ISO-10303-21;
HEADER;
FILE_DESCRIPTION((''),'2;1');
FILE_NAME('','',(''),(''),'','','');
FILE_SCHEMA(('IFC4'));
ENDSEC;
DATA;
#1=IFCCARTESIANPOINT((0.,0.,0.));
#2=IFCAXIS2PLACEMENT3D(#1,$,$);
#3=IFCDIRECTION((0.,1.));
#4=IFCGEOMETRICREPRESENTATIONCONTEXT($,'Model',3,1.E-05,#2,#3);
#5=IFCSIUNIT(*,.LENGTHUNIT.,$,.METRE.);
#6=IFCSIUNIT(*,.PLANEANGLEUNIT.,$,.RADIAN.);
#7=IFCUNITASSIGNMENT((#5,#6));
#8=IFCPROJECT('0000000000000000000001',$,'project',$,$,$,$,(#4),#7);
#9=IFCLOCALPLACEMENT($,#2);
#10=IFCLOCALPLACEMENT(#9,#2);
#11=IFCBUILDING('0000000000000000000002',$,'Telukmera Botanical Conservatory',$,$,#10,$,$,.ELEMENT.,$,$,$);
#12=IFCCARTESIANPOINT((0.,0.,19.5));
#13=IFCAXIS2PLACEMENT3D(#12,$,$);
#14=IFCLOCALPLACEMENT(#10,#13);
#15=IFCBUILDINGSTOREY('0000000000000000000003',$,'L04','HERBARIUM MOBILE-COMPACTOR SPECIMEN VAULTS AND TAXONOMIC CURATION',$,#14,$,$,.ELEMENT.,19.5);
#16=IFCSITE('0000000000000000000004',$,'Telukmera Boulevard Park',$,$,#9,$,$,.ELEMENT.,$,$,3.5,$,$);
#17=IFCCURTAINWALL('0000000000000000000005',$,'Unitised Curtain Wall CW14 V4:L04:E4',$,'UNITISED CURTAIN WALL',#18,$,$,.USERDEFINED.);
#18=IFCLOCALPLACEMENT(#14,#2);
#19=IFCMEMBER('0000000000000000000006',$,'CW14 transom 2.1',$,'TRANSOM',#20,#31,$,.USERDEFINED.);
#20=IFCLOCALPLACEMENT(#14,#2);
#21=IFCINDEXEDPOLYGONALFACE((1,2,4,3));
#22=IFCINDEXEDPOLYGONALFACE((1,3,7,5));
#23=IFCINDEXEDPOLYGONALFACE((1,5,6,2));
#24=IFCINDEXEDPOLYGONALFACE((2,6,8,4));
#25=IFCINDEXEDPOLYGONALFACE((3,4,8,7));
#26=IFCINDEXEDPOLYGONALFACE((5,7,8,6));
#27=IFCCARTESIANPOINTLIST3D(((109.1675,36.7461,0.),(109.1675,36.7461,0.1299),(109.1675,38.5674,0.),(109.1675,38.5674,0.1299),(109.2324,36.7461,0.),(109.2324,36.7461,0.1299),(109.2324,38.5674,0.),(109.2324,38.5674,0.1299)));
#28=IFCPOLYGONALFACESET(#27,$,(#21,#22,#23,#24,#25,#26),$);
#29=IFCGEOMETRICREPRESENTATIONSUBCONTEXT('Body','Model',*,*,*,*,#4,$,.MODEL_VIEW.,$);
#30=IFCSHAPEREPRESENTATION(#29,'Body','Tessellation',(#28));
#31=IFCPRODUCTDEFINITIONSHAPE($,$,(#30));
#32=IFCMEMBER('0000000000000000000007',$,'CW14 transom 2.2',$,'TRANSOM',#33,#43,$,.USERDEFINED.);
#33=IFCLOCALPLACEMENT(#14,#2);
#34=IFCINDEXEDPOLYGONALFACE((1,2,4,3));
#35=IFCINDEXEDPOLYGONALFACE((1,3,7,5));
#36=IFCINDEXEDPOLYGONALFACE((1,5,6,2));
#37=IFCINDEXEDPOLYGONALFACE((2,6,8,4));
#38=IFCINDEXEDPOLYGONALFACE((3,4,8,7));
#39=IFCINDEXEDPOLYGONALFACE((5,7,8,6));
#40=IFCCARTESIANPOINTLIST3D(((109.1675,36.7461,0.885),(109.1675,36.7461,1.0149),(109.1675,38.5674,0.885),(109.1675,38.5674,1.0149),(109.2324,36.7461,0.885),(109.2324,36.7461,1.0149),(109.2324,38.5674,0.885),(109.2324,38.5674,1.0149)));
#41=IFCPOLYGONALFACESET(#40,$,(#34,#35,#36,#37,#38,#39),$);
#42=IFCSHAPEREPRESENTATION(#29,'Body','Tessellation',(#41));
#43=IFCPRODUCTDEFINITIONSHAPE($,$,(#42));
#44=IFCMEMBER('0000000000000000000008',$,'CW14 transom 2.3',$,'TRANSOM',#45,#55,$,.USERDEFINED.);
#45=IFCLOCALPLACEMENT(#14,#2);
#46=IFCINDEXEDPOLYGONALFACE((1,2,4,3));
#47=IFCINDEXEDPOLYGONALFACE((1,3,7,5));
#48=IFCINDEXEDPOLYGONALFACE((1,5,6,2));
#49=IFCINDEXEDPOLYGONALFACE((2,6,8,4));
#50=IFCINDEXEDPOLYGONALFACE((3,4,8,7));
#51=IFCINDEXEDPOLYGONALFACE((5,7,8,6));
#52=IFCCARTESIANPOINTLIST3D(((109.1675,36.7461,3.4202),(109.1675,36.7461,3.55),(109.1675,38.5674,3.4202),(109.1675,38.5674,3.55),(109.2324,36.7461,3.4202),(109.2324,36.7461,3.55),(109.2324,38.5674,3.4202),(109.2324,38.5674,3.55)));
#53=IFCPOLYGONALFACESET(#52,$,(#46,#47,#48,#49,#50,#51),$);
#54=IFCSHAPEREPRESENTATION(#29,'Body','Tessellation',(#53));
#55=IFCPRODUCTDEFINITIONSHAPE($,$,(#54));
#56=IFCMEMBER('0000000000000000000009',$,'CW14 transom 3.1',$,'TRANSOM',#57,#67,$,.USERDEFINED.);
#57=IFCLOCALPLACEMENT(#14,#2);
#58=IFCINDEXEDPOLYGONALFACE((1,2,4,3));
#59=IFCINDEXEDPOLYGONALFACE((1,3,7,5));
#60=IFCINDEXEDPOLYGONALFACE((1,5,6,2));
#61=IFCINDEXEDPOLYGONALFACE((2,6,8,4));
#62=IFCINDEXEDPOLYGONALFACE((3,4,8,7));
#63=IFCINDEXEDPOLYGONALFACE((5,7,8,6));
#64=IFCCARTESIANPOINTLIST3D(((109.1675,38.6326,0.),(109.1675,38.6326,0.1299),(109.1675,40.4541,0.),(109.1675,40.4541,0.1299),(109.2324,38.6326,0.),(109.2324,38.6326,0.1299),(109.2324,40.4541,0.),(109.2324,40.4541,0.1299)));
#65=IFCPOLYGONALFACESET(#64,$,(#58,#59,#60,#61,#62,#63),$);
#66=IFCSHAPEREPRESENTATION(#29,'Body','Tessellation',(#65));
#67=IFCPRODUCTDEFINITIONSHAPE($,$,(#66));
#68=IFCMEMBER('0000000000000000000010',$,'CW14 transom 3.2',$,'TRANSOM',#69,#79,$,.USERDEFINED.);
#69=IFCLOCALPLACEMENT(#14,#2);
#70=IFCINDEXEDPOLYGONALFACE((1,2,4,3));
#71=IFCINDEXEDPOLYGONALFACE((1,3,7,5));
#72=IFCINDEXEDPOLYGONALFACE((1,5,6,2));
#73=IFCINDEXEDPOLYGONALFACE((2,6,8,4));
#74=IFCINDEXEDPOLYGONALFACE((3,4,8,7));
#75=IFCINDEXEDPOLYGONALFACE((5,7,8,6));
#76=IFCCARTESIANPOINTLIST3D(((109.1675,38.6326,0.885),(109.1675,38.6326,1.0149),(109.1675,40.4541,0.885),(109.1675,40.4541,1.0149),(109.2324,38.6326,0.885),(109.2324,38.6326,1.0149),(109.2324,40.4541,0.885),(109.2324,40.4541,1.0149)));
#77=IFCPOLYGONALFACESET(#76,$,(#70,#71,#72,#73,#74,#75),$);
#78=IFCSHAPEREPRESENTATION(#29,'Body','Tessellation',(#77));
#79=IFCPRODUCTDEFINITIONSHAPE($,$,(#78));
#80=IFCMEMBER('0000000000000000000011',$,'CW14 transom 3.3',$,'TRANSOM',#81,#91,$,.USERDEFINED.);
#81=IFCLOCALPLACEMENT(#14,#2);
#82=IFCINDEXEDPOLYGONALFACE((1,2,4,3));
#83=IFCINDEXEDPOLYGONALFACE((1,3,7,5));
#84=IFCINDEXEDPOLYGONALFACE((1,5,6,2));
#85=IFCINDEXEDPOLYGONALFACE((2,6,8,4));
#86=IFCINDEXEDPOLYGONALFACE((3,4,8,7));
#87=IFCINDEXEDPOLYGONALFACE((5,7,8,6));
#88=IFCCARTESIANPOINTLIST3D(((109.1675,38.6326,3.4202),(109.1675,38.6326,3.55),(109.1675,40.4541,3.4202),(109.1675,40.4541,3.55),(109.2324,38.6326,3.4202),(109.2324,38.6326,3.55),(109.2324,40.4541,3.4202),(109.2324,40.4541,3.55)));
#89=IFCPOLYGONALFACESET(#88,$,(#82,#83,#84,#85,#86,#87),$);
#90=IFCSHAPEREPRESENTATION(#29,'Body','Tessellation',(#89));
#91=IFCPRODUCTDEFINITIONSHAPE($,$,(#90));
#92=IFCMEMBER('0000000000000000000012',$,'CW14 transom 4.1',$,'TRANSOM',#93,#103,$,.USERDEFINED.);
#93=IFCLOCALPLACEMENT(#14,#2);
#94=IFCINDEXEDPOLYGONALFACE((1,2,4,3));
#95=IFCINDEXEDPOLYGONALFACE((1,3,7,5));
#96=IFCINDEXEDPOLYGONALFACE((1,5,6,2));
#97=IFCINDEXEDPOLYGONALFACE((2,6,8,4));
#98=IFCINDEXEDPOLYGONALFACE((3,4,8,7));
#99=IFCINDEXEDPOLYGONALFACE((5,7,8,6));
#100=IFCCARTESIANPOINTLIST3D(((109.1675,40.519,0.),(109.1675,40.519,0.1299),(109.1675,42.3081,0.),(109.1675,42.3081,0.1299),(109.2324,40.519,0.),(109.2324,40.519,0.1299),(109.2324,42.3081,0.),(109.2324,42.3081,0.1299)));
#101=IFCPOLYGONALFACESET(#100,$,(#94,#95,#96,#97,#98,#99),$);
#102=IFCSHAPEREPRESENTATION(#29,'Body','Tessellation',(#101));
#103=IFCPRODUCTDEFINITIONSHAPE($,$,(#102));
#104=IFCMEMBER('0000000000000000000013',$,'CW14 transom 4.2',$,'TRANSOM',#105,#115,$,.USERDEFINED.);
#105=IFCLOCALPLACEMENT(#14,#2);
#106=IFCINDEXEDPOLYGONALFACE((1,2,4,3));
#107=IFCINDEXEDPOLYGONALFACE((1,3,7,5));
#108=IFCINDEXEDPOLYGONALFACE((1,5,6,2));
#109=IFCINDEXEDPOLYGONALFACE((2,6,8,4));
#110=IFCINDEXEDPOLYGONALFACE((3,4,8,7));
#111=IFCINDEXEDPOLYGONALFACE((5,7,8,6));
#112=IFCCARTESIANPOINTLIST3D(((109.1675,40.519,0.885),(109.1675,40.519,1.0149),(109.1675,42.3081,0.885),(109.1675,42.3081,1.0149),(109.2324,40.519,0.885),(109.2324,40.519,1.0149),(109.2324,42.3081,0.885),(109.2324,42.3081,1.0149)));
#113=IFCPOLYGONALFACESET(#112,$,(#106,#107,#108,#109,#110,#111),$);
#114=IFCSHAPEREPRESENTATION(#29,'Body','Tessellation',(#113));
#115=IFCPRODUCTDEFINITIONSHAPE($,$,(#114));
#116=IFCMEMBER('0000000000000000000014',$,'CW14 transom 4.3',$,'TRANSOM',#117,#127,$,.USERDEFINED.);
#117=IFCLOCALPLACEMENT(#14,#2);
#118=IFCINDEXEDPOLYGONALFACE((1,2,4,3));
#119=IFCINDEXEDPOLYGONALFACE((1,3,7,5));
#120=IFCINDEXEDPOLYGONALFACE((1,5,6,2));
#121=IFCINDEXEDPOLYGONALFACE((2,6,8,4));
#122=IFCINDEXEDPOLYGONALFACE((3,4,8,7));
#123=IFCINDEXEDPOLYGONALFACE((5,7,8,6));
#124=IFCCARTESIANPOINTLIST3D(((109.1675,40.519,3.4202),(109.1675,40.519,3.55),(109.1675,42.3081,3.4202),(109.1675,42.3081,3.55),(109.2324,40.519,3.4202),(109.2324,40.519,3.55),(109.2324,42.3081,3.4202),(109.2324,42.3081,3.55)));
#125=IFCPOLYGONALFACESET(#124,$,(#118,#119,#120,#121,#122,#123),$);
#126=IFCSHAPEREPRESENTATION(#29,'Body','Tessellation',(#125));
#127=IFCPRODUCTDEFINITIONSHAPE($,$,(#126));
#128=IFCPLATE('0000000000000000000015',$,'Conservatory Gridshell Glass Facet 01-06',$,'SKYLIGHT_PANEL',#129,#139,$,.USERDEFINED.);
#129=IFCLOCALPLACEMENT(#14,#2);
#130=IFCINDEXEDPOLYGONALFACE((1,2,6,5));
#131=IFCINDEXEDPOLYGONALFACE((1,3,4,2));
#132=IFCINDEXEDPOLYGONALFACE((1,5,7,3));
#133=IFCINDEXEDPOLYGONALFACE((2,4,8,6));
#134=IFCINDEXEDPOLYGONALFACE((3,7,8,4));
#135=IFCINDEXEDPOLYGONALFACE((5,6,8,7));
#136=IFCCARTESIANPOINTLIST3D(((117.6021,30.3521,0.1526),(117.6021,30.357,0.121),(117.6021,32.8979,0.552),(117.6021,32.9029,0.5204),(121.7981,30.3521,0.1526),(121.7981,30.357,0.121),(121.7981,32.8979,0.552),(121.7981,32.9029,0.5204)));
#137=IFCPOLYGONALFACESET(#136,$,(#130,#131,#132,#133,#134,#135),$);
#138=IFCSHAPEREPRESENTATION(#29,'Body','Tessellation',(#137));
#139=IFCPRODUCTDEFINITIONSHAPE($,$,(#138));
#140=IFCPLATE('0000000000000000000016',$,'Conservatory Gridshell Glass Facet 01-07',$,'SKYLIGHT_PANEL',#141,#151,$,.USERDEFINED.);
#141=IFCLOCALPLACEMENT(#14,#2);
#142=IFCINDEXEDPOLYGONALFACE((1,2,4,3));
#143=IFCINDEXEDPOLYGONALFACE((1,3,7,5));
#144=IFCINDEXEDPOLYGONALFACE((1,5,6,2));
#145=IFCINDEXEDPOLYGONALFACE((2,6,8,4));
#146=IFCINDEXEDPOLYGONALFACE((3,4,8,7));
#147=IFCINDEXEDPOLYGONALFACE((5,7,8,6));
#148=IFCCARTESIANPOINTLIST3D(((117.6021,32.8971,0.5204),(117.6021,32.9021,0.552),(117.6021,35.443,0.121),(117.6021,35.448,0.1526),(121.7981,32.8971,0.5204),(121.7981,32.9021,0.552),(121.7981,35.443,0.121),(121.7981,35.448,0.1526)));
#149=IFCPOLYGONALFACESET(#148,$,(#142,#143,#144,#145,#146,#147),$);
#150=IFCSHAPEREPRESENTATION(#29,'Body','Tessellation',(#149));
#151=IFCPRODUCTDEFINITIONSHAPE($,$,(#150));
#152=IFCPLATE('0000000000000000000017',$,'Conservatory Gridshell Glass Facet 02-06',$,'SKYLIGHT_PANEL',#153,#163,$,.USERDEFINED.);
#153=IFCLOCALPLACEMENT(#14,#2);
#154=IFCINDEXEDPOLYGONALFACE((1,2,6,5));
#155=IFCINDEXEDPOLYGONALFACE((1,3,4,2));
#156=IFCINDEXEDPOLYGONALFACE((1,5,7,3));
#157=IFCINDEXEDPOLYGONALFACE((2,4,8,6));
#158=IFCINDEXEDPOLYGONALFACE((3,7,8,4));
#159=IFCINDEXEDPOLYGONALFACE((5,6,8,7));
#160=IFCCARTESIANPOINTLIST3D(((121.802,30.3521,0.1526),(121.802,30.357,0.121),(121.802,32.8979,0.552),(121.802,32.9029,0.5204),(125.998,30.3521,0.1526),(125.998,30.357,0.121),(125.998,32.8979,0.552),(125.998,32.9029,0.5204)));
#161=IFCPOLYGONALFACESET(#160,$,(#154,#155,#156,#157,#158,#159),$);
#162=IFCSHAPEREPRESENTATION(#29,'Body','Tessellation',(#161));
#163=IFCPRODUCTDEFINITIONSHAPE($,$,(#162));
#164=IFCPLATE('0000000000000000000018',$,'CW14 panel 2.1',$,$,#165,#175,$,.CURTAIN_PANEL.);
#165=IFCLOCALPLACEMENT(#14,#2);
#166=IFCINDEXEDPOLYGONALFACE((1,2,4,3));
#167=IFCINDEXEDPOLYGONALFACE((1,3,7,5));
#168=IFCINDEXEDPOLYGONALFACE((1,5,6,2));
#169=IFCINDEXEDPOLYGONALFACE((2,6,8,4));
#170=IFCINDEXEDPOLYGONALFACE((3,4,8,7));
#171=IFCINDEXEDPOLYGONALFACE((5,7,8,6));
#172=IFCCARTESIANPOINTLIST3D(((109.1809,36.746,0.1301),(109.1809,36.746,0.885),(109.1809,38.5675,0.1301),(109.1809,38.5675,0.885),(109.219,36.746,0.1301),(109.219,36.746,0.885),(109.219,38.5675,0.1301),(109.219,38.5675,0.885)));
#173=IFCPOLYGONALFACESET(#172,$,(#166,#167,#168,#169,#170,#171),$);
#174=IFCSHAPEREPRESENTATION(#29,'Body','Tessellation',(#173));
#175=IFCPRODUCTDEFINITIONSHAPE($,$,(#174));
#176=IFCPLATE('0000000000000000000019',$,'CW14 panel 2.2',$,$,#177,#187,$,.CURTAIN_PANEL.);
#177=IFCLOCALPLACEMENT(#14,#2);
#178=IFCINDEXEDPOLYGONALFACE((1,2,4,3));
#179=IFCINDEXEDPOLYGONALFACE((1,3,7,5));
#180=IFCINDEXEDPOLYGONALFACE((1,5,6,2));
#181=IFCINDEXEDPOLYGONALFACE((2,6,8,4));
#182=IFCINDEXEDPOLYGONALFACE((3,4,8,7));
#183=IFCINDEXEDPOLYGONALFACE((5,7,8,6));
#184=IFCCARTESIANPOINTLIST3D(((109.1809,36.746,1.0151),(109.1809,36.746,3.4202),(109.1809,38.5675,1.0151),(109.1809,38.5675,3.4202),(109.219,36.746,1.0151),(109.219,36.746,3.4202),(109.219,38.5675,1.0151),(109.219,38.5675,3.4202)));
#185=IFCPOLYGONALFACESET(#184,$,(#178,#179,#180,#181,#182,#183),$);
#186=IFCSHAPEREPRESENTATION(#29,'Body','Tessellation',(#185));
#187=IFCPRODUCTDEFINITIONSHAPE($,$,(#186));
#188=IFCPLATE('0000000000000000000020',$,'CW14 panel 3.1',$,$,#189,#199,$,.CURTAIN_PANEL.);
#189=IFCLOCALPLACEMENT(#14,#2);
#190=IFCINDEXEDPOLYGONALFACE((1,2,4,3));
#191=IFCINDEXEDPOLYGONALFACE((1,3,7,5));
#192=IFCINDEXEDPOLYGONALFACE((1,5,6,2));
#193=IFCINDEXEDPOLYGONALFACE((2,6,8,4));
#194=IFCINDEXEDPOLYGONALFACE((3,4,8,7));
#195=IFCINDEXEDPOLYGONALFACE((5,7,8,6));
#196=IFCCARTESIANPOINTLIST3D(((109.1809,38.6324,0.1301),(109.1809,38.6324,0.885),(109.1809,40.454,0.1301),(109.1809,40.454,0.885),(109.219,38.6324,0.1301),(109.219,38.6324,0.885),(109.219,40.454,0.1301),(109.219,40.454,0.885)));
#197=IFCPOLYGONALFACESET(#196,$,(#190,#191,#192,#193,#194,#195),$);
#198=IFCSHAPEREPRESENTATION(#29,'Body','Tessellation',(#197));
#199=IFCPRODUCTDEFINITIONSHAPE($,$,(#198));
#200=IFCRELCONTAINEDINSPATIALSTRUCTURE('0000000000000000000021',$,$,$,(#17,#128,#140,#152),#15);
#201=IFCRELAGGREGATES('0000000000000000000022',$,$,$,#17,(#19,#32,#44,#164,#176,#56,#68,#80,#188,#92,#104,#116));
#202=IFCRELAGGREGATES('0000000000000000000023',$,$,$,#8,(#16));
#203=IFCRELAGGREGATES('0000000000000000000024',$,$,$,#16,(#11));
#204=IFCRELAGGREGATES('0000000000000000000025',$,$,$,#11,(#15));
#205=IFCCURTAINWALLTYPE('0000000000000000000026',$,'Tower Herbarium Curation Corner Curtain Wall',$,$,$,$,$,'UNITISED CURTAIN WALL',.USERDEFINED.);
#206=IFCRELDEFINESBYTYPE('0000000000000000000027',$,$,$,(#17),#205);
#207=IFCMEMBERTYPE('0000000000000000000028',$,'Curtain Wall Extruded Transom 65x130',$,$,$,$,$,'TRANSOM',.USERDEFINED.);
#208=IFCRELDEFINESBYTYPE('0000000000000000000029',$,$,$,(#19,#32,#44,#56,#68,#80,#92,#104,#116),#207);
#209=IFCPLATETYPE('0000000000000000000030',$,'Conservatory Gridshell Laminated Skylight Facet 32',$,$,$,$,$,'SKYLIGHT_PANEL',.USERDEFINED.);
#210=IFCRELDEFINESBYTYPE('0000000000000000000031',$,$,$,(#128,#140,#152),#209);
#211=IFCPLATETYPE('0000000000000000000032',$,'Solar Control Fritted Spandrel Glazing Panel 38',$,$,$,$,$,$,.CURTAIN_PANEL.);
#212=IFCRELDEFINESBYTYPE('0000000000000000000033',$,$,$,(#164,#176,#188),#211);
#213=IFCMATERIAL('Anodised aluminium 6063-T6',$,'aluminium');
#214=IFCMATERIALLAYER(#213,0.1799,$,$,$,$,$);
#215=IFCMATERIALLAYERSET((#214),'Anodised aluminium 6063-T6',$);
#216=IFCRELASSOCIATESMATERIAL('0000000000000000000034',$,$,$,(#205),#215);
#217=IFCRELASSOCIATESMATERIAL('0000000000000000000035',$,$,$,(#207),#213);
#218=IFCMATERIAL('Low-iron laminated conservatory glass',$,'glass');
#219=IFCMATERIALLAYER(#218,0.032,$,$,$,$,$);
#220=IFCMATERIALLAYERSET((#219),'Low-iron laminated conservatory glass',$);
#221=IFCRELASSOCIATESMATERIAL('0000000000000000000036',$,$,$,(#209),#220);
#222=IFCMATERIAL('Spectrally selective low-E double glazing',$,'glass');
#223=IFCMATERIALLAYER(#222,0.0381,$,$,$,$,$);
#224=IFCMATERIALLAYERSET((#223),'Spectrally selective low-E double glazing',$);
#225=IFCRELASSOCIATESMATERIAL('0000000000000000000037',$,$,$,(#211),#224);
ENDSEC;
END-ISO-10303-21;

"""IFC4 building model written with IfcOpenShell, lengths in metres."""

from ifc_helpers import new_model, si_unit, direction, frame, origin, origin_2d, place, context, subcontext, project, spatial, polyline, rectangle, outline, extrude, material, layer, layer_set, material_profile, profile_set, type_object, element, aggregate, save


model = new_model("IFC4")

# Units and contexts
model_context = context("Model", 3, precision=1e-05, world=origin(), true_north=direction((0.0, 1.0)))
body_context = subcontext(model_context, "Body", "Model", "MODEL_VIEW")
ifc_project = project(units=[si_unit("LENGTHUNIT", "METRE"), si_unit("PLANEANGLEUNIT", "RADIAN")], contexts=[model_context])

# Site, building, storey
site_placement = place(None, origin())
site = spatial("IfcSite", under=ifc_project, at=site_placement, Name="Telukmera Boulevard Park", CompositionType="ELEMENT", RefElevation=3.5)
building_placement = place(site_placement, origin())
building = spatial("IfcBuilding", under=site, at=building_placement, Name="Telukmera Botanical Conservatory", CompositionType="ELEMENT")
storey_placement = place(building_placement, frame((0.0, 0.0, 19.5)))
storey = spatial("IfcBuildingStorey", under=building, at=storey_placement, Name="L04", Description="HERBARIUM MOBILE-COMPACTOR SPECIMEN VAULTS AND TAXONOMIC CURATION", CompositionType="ELEMENT", Elevation=19.5)

# Curtain wall, members
ifc_material_1 = material(Name="Anodised aluminium 6063-T6", Category="aluminium")
ifc_layer_1 = layer(ifc_material_1, 0.1799)
ifc_layer_set_1 = layer_set([ifc_layer_1], Name="Anodised aluminium 6063-T6")
curtain_wall_type = type_object("IfcCurtainWallType", Name="Tower Herbarium Curation Corner Curtain Wall", ElementType="UNITISED CURTAIN WALL", PredefinedType="USERDEFINED", material=ifc_layer_set_1)
curtain_wall_placement = place(storey_placement, origin())
curtain_wall = element("IfcCurtainWall", 1, at=curtain_wall_placement, inside=storey, type_object=curtain_wall_type, Name="Unitised Curtain Wall CW14 V4:L04:E4", ObjectType="UNITISED CURTAIN WALL", PredefinedType="USERDEFINED")
ifc_material_profile = material_profile(ifc_material_1, rectangle(XDim=0.0649, YDim=0.1299, at=origin_2d()), Name="ALU TRAN 65x130")
ifc_profile_set = profile_set([ifc_material_profile], Name="Anodised aluminium 6063-T6")
member_type = type_object("IfcMemberType", Name="Curtain Wall Extruded Transom 65x130", ElementType="TRANSOM", PredefinedType="USERDEFINED", material=ifc_profile_set)
member_1_placement = place(storey_placement, frame((109.2, 36.7461, 0.0649), z_axis=(0.0, 1.0, 0.0), x_axis=(-1.0, 0.0, 0.0)))
member_1 = element("IfcMember", 2, at=member_1_placement, type_object=member_type, Name="CW14 transom 2.1", ObjectType="TRANSOM", PredefinedType="USERDEFINED", context=body_context, shape_type="SweptSolid", body=[
    extrude(rectangle(XDim=0.0649, YDim=0.1299, at=origin_2d()), origin(), (0.0, 0.0, 1.0), 1.8213),
])
member_2_placement = place(storey_placement, frame((109.2, 36.7461, 0.95), z_axis=(0.0, 1.0, 0.0), x_axis=(-1.0, 0.0, 0.0)))
member_2 = element("IfcMember", 3, at=member_2_placement, type_object=member_type, Name="CW14 transom 2.2", ObjectType="TRANSOM", PredefinedType="USERDEFINED", context=body_context, shape_type="SweptSolid", body=[
    extrude(rectangle(XDim=0.0649, YDim=0.1299, at=origin_2d()), origin(), (0.0, 0.0, 1.0), 1.8213),
])
member_3_placement = place(storey_placement, frame((109.2, 36.7461, 3.4851), z_axis=(0.0, 1.0, 0.0), x_axis=(-1.0, 0.0, 0.0)))
member_3 = element("IfcMember", 4, at=member_3_placement, type_object=member_type, Name="CW14 transom 2.3", ObjectType="TRANSOM", PredefinedType="USERDEFINED", context=body_context, shape_type="SweptSolid", body=[
    extrude(rectangle(XDim=0.0649, YDim=0.1299, at=origin_2d()), origin(), (0.0, 0.0, 1.0), 1.8213),
])
member_4_placement = place(storey_placement, frame((109.2, 38.6326, 0.0649), z_axis=(0.0, 1.0, 0.0), x_axis=(-1.0, 0.0, 0.0)))
member_4 = element("IfcMember", 5, at=member_4_placement, type_object=member_type, Name="CW14 transom 3.1", ObjectType="TRANSOM", PredefinedType="USERDEFINED", context=body_context, shape_type="SweptSolid", body=[
    extrude(rectangle(XDim=0.0649, YDim=0.1299, at=origin_2d()), origin(), (0.0, 0.0, 1.0), 1.8215),
])
member_5_placement = place(storey_placement, frame((109.2, 38.6326, 0.95), z_axis=(0.0, 1.0, 0.0), x_axis=(-1.0, 0.0, 0.0)))
member_5 = element("IfcMember", 6, at=member_5_placement, type_object=member_type, Name="CW14 transom 3.2", ObjectType="TRANSOM", PredefinedType="USERDEFINED", context=body_context, shape_type="SweptSolid", body=[
    extrude(rectangle(XDim=0.0649, YDim=0.1299, at=origin_2d()), origin(), (0.0, 0.0, 1.0), 1.8215),
])
member_6_placement = place(storey_placement, frame((109.2, 38.6326, 3.4851), z_axis=(0.0, 1.0, 0.0), x_axis=(-1.0, 0.0, 0.0)))
member_6 = element("IfcMember", 7, at=member_6_placement, type_object=member_type, Name="CW14 transom 3.3", ObjectType="TRANSOM", PredefinedType="USERDEFINED", context=body_context, shape_type="SweptSolid", body=[
    extrude(rectangle(XDim=0.0649, YDim=0.1299, at=origin_2d()), origin(), (0.0, 0.0, 1.0), 1.8215),
])
member_7_placement = place(storey_placement, frame((109.2, 40.519, 0.0649), z_axis=(0.0, 1.0, 0.0), x_axis=(-1.0, 0.0, 0.0)))
member_7 = element("IfcMember", 8, at=member_7_placement, type_object=member_type, Name="CW14 transom 4.1", ObjectType="TRANSOM", PredefinedType="USERDEFINED", context=body_context, shape_type="SweptSolid", body=[
    extrude(rectangle(XDim=0.0649, YDim=0.1299, at=origin_2d()), origin(), (0.0, 0.0, 1.0), 1.7891),
])
member_8_placement = place(storey_placement, frame((109.2, 40.519, 0.95), z_axis=(0.0, 1.0, 0.0), x_axis=(-1.0, 0.0, 0.0)))
member_8 = element("IfcMember", 9, at=member_8_placement, type_object=member_type, Name="CW14 transom 4.2", ObjectType="TRANSOM", PredefinedType="USERDEFINED", context=body_context, shape_type="SweptSolid", body=[
    extrude(rectangle(XDim=0.0649, YDim=0.1299, at=origin_2d()), origin(), (0.0, 0.0, 1.0), 1.7891),
])
member_9_placement = place(storey_placement, frame((109.2, 40.519, 3.4851), z_axis=(0.0, 1.0, 0.0), x_axis=(-1.0, 0.0, 0.0)))
member_9 = element("IfcMember", 10, at=member_9_placement, type_object=member_type, Name="CW14 transom 4.3", ObjectType="TRANSOM", PredefinedType="USERDEFINED", context=body_context, shape_type="SweptSolid", body=[
    extrude(rectangle(XDim=0.0649, YDim=0.1299, at=origin_2d()), origin(), (0.0, 0.0, 1.0), 1.7891),
])

# Plates
ifc_material_2 = material(Name="Low-iron laminated conservatory glass", Category="glass")
ifc_layer_2 = layer(ifc_material_2, 0.032)
ifc_layer_set_2 = layer_set([ifc_layer_2], Name="Low-iron laminated conservatory glass")
plate_type_1 = type_object("IfcPlateType", Name="Conservatory Gridshell Laminated Skylight Facet 32", ElementType="SKYLIGHT_PANEL", PredefinedType="USERDEFINED", material=ifc_layer_set_2)
for number, where, z_axis, x_axis, name in (
    (11, (117.6021, 30.3521, 0.1526), (0.0, -0.15499, 0.987916), (1.0, 0.0, 0.0), "Conservatory Gridshell Glass Facet 01-06"),
    (12, (117.6021, 32.9021, 0.552), (0.0, 0.15499, 0.987916), (1.0, 0.0, 0.0), "Conservatory Gridshell Glass Facet 01-07"),
    (13, (121.802, 30.3521, 0.1526), (0.0, -0.15499, 0.987916), (1.0, 0.0, 0.0), "Conservatory Gridshell Glass Facet 02-06"),
):
    element("IfcPlate", number, at=place(storey_placement, frame(where, z_axis=z_axis, x_axis=x_axis)), inside=storey, type_object=plate_type_1, Name=name, ObjectType="SKYLIGHT_PANEL", PredefinedType="USERDEFINED", context=body_context, shape_type="SweptSolid", body=[
        extrude(outline(polyline([(0.0, 0.0), (4.196, 0.0), (4.196, 2.577), (0.0, 2.577), (0.0, 0.0)])), origin(), (0.0, 0.0, -1.0), 0.032),
    ])

# Plates
ifc_material_3 = material(Name="Spectrally selective low-E double glazing", Category="glass")
ifc_layer_3 = layer(ifc_material_3, 0.0381)
ifc_layer_set_3 = layer_set([ifc_layer_3], Name="Spectrally selective low-E double glazing")
plate_type_2 = type_object("IfcPlateType", Name="Solar Control Fritted Spandrel Glazing Panel 38", PredefinedType="CURTAIN_PANEL", material=ifc_layer_set_3)
plate_1_placement = place(storey_placement, frame((109.2, 37.6567, 0.1301), z_axis=(0.0, 0.0, 1.0), x_axis=(0.0, 1.0, 0.0)))
plate_1 = element("IfcPlate", 14, at=plate_1_placement, type_object=plate_type_2, Name="CW14 panel 2.1", PredefinedType="CURTAIN_PANEL", context=body_context, shape_type="SweptSolid", body=[
    extrude(rectangle(XDim=1.8215, YDim=0.0381, at=origin_2d()), origin(), (0.0, 0.0, 1.0), 0.7549),
])
plate_2_placement = place(storey_placement, frame((109.2, 37.6567, 1.0151), z_axis=(0.0, 0.0, 1.0), x_axis=(0.0, 1.0, 0.0)))
plate_2 = element("IfcPlate", 15, at=plate_2_placement, type_object=plate_type_2, Name="CW14 panel 2.2", PredefinedType="CURTAIN_PANEL", context=body_context, shape_type="SweptSolid", body=[
    extrude(rectangle(XDim=1.8215, YDim=0.0381, at=origin_2d()), origin(), (0.0, 0.0, 1.0), 2.405),
])
plate_3_placement = place(storey_placement, frame((109.2, 39.5432, 0.1301), z_axis=(0.0, 0.0, 1.0), x_axis=(0.0, 1.0, 0.0)))
plate_3 = element("IfcPlate", 16, at=plate_3_placement, type_object=plate_type_2, Name="CW14 panel 3.1", PredefinedType="CURTAIN_PANEL", context=body_context, shape_type="SweptSolid", body=[
    extrude(rectangle(XDim=1.8215, YDim=0.0381, at=origin_2d()), origin(), (0.0, 0.0, 1.0), 0.7549),
])
aggregate(curtain_wall, [member_1, member_2, member_3, plate_1, plate_2, member_4, member_5, member_6, plate_3, member_7, member_8, member_9])

save(model, "model.ifc")
